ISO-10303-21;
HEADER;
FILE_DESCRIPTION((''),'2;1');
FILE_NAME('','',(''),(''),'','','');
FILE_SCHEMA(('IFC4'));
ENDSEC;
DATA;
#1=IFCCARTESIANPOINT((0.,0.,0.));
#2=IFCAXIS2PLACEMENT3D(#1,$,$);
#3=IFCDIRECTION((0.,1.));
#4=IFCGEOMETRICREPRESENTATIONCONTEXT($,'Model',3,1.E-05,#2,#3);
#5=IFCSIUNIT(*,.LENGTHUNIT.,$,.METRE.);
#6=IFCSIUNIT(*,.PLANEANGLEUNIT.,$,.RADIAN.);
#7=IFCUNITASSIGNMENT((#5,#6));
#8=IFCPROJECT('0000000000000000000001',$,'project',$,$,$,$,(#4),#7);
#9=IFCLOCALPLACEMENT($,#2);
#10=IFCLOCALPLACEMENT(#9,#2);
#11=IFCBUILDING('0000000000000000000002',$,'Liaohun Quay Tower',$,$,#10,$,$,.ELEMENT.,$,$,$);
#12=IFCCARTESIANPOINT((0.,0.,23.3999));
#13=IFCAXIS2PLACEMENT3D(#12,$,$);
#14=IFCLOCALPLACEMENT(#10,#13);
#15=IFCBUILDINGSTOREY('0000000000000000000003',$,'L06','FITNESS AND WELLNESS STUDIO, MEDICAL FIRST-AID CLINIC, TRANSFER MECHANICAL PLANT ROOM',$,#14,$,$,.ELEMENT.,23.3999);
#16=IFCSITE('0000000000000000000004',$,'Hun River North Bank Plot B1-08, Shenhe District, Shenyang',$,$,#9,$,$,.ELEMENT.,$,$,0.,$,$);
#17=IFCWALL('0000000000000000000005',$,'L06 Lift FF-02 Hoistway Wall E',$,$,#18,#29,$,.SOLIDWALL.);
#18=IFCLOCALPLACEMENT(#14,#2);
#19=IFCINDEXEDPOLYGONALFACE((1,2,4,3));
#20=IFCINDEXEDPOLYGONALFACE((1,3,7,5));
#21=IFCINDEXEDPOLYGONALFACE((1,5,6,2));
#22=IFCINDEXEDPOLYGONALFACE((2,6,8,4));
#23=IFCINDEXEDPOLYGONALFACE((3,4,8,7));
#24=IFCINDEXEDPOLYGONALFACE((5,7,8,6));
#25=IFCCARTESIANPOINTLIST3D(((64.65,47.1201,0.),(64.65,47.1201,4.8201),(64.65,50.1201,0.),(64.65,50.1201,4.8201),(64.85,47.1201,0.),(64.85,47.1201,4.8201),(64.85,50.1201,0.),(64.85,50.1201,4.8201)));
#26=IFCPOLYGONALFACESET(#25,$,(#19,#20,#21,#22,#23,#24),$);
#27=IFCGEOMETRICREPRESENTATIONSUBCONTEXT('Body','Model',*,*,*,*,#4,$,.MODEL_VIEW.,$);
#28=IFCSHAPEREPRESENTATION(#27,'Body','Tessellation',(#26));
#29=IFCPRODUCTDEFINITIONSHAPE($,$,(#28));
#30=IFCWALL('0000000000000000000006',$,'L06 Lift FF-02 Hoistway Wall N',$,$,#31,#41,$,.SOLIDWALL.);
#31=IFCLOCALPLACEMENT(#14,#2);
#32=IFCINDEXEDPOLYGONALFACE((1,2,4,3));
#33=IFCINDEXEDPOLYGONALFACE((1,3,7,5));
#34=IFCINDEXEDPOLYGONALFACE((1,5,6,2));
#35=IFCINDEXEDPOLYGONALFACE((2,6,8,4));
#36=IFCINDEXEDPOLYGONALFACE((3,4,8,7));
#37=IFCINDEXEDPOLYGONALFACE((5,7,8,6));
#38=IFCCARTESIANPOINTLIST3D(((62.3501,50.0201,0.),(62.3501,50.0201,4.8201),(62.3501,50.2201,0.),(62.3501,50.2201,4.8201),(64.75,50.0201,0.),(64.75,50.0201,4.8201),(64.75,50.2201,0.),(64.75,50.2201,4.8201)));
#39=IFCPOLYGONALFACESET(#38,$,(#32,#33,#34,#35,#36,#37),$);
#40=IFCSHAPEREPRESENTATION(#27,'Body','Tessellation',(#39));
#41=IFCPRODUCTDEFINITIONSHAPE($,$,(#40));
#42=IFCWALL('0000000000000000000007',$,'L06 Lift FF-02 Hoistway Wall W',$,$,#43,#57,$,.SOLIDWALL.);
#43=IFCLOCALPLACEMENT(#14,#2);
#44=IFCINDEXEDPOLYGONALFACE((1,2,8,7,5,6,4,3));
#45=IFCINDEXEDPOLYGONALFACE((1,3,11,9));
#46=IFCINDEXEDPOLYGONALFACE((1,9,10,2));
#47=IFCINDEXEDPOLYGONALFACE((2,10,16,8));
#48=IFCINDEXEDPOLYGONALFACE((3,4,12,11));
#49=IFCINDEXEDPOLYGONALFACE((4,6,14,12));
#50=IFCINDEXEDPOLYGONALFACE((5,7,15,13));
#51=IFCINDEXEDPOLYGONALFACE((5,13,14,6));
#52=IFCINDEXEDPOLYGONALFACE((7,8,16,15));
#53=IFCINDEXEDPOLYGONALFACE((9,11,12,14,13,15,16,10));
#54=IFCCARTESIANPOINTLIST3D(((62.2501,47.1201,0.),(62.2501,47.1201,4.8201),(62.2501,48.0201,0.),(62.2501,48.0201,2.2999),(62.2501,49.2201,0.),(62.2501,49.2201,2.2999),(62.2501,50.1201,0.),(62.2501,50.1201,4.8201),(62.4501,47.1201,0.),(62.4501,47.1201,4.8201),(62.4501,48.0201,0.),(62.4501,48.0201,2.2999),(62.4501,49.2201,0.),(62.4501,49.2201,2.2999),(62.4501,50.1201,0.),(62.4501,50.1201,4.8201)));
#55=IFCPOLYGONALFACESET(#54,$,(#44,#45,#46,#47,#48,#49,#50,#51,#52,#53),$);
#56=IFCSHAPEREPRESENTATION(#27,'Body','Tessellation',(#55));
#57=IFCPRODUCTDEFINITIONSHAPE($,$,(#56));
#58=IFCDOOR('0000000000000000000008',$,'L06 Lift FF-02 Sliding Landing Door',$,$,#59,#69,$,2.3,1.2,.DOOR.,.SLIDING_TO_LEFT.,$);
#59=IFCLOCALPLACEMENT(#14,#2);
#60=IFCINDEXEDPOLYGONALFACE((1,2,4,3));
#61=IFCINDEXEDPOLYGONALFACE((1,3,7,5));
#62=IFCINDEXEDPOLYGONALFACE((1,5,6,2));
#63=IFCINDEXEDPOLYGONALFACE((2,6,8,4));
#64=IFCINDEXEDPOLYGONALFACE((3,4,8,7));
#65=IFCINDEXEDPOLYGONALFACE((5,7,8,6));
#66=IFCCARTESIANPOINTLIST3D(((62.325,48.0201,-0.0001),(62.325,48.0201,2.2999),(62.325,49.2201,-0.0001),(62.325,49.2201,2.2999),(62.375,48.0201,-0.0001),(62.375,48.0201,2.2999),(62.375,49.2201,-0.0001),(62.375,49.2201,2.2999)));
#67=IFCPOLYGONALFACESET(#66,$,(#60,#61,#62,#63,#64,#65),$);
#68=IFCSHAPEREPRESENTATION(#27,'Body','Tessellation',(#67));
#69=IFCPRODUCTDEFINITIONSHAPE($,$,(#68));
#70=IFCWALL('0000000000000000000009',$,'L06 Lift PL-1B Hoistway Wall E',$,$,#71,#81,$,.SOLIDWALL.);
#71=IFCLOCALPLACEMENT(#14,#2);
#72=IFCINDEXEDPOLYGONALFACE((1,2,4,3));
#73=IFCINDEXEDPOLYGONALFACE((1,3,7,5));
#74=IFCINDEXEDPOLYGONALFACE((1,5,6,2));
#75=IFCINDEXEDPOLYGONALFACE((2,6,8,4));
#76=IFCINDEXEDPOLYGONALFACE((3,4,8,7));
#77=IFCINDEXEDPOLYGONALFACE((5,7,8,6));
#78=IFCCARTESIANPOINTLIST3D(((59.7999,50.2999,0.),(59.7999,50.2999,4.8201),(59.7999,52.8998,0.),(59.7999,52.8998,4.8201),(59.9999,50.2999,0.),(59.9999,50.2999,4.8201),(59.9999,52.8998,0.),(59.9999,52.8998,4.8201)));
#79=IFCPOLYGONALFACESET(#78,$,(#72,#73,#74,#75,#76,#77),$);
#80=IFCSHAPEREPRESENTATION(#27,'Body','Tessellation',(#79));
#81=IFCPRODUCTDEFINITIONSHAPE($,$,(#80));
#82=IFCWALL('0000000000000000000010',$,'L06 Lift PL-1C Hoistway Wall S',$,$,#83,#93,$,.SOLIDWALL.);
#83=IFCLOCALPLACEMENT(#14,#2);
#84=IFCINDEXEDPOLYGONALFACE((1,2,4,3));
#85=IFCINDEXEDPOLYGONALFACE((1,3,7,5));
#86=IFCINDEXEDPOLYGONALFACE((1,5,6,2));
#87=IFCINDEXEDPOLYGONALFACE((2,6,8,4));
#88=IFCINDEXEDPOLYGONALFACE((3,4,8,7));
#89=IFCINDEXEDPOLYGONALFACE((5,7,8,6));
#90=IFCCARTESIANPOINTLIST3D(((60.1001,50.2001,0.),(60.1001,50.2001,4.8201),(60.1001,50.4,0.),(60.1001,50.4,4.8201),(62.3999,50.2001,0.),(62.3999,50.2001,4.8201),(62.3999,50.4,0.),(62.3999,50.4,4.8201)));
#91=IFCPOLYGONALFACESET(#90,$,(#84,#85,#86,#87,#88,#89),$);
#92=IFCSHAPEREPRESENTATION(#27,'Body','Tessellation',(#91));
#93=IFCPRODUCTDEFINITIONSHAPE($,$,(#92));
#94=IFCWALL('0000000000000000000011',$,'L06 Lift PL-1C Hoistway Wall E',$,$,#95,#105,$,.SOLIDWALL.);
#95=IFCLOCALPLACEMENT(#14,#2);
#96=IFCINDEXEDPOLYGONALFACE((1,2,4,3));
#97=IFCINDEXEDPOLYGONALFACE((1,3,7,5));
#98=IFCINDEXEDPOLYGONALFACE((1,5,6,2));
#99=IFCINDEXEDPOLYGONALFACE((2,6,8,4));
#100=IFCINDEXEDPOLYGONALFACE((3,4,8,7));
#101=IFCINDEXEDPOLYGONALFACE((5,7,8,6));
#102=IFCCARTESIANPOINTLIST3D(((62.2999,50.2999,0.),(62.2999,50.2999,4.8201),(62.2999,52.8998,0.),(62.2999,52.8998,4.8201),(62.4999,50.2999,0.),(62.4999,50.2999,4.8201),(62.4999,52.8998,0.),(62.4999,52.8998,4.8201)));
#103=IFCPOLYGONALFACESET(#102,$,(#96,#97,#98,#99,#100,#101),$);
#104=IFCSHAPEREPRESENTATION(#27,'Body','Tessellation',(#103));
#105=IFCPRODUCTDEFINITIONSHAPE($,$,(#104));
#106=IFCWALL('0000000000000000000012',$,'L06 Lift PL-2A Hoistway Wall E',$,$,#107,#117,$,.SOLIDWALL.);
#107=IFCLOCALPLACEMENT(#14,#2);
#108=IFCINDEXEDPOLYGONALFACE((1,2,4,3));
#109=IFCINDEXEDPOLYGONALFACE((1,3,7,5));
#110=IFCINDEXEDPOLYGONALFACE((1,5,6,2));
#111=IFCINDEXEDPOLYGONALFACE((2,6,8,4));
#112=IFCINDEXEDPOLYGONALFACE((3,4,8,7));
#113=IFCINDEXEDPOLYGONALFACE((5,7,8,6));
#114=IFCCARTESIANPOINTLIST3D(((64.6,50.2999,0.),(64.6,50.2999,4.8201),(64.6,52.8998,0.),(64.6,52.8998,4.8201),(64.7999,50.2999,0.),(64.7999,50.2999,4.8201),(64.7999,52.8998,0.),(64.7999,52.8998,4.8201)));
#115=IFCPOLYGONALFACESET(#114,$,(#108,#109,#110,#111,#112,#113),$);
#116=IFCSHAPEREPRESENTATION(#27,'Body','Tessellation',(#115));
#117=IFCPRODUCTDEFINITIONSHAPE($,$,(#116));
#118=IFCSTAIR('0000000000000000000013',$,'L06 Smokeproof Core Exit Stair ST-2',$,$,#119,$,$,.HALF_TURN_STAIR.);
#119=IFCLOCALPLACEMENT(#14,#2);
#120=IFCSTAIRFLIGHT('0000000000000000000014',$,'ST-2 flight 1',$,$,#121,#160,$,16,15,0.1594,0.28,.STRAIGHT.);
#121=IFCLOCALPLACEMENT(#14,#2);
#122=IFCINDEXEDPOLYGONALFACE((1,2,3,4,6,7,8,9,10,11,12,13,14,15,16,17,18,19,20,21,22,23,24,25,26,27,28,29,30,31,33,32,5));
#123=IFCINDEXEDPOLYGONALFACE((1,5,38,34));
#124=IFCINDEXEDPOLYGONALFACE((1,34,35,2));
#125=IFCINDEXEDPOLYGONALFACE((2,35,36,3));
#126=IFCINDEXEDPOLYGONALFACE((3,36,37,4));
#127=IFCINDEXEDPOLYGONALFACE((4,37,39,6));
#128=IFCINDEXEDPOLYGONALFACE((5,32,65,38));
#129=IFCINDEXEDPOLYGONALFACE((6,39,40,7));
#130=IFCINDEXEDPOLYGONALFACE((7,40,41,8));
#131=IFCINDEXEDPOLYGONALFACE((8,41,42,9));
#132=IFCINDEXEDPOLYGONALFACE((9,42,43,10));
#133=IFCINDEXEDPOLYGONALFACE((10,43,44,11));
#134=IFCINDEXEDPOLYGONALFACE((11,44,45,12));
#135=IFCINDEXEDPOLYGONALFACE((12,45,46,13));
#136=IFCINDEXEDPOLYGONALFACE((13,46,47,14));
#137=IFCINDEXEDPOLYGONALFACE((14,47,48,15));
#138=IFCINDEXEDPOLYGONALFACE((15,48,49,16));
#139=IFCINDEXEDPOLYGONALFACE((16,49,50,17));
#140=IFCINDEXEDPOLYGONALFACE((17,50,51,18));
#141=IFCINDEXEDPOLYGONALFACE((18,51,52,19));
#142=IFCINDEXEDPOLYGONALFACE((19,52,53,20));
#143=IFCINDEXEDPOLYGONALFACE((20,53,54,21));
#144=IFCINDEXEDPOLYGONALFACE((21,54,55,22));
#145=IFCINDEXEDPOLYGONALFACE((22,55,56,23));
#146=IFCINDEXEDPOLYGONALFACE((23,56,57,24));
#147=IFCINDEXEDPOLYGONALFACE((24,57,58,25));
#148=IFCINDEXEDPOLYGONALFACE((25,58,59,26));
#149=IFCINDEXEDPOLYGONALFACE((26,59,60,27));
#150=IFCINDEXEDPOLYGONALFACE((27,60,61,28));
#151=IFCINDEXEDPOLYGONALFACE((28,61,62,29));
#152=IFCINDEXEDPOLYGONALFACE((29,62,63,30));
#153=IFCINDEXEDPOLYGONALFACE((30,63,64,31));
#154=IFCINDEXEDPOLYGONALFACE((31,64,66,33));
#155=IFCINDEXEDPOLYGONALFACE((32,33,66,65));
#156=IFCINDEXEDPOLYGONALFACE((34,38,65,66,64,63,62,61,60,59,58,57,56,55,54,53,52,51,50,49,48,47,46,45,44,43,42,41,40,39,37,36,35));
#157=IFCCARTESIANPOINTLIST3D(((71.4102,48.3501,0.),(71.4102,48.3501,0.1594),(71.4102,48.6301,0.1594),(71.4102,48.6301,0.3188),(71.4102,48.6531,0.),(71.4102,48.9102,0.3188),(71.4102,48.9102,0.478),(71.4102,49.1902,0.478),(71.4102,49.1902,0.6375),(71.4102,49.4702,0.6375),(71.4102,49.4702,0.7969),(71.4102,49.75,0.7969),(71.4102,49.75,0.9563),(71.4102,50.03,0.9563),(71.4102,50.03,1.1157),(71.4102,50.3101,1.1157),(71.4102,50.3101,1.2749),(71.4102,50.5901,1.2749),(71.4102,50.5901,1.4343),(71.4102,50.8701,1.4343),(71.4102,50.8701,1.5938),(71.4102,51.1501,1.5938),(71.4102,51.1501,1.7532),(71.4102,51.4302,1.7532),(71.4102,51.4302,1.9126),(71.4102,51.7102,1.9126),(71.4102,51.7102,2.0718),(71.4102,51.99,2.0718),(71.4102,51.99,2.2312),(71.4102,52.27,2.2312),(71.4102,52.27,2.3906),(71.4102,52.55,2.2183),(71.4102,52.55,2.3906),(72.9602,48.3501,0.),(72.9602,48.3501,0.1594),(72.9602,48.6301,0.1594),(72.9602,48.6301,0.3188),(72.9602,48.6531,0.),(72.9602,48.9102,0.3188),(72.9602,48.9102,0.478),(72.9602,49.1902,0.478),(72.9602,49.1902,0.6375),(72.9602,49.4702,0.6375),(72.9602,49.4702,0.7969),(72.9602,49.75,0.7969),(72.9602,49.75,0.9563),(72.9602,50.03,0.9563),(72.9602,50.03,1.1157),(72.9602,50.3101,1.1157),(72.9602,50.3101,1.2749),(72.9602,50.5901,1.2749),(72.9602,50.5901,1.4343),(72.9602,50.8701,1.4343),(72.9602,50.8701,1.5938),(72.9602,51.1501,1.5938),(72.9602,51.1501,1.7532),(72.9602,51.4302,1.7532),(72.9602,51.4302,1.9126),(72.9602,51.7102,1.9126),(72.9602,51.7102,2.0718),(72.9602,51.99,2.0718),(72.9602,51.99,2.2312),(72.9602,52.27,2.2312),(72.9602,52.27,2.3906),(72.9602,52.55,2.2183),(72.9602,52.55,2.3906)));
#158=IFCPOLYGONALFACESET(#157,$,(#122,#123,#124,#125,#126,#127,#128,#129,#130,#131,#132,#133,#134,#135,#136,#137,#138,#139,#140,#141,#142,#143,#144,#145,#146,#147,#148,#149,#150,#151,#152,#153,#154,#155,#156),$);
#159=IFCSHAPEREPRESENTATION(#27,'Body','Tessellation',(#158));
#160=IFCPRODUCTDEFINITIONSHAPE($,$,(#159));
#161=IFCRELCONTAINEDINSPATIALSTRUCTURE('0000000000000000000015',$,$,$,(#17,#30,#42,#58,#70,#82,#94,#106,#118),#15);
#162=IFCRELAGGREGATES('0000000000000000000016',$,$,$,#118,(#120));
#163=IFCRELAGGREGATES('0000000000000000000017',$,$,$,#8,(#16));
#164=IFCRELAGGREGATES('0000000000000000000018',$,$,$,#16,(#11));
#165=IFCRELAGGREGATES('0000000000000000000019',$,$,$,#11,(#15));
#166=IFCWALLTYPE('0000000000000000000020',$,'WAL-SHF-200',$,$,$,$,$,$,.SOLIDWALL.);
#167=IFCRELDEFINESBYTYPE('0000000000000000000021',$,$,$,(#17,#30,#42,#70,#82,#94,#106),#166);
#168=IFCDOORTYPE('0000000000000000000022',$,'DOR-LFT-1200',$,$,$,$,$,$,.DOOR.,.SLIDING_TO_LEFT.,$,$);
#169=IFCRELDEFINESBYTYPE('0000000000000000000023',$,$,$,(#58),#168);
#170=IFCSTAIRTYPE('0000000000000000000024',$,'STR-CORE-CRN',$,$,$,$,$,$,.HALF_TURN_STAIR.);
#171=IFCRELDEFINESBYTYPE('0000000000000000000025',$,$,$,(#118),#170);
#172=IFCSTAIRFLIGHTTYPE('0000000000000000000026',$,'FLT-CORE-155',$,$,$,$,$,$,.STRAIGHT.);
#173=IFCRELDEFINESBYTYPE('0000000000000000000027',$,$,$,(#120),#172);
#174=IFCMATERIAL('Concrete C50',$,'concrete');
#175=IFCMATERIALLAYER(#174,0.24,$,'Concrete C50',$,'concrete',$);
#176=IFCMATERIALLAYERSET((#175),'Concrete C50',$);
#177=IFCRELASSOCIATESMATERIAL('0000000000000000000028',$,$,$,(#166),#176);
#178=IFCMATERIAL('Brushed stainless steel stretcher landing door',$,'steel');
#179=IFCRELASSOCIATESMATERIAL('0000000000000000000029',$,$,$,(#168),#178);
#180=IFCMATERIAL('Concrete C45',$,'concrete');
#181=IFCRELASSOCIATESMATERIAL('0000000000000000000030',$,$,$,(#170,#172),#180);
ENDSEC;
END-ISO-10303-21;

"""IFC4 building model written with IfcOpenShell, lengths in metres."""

from ifc_helpers import new_model, si_unit, direction, frame, frame_2d, origin, place, context, subcontext, project, spatial, polyline, rectangle, outline, extrude, source, transform, mapped, material, layer, layer_set, type_object, element, fill, aggregate, save


model = new_model("IFC4")

# Units and contexts
model_context = context("Model", 3, precision=1e-05, world=origin(), true_north=direction((0.0, 1.0)))
body_context = subcontext(model_context, "Body", "Model", "MODEL_VIEW")
ifc_project = project(units=[si_unit("LENGTHUNIT", "METRE"), si_unit("PLANEANGLEUNIT", "RADIAN")], contexts=[model_context])

# Site, building, storey
site_placement = place(None, origin())
site = spatial("IfcSite", under=ifc_project, at=site_placement, Name="Hun River North Bank Plot B1-08, Shenhe District, Shenyang", CompositionType="ELEMENT", RefElevation=0.0)
building_placement = place(site_placement, origin())
building = spatial("IfcBuilding", under=site, at=building_placement, Name="Liaohun Quay Tower", CompositionType="ELEMENT")
storey_placement = place(building_placement, frame((0.0, 0.0, 23.3999)))
storey = spatial("IfcBuildingStorey", under=building, at=storey_placement, Name="L06", Description="FITNESS AND WELLNESS STUDIO, MEDICAL FIRST-AID CLINIC, TRANSFER MECHANICAL PLANT ROOM", CompositionType="ELEMENT", Elevation=23.3999)

# Walls
ifc_material_1 = material(Name="Concrete C50", Category="concrete")
ifc_layer_1 = layer(ifc_material_1, 0.24, Name="Concrete C50", Category="concrete")
ifc_layer_set_1 = layer_set([ifc_layer_1], Name="Concrete C50")
wall_type_1 = type_object("IfcWallType", Name="WAL-SHF-200", PredefinedType="SOLIDWALL", material=ifc_layer_set_1)
wall_1_placement = place(storey_placement, frame((64.75, 47.1201, 0.0), z_axis=(0.0, 0.0, 1.0), x_axis=(0.0, 1.0, 0.0)))
element("IfcWall", 1, at=wall_1_placement, inside=storey, type_object=wall_type_1, Name="L06 Lift FF-02 Hoistway Wall E", PredefinedType="SOLIDWALL", context=body_context, shape_type="SweptSolid", body=[
    extrude(rectangle(XDim=3.0, YDim=0.2, at=frame_2d((1.5, 0.0))), origin(), (0.0, 0.0, 1.0), 4.8201),
])
wall_2_placement = place(storey_placement, frame((64.75, 50.1201, 0.0), z_axis=(0.0, 0.0, 1.0), x_axis=(-1.0, 0.0, 0.0)))
element("IfcWall", 2, at=wall_2_placement, inside=storey, type_object=wall_type_1, Name="L06 Lift FF-02 Hoistway Wall N", PredefinedType="SOLIDWALL", context=body_context, shape_type="SweptSolid", body=[
    extrude(rectangle(XDim=2.3999, YDim=0.2, at=frame_2d((1.2, 0.0))), origin(), (0.0, 0.0, 1.0), 4.8201),
])

# Wall, opening, door
wall_3_placement = place(storey_placement, frame((62.3501, 50.1201, 0.0), z_axis=(0.0, 0.0, 1.0), x_axis=(0.0, -1.0, 0.0)))
wall_3 = element("IfcWall", 3, at=wall_3_placement, inside=storey, type_object=wall_type_1, Name="L06 Lift FF-02 Hoistway Wall W", PredefinedType="SOLIDWALL", context=body_context, shape_type="SweptSolid", body=[
    extrude(rectangle(XDim=3.0, YDim=0.2, at=frame_2d((1.5, 0.0))), origin(), (0.0, 0.0, 1.0), 4.8201),
])
shared_shape_1 = source(origin(), body_context, "Body", "SweptSolid", [
    extrude(rectangle(XDim=1.2, YDim=2.3, at=frame_2d((0.6001, 1.1499))), frame((0.0, 0.1099, 0.0), z_axis=(0.0, -1.0, 0.0), x_axis=(1.0, 0.0, 0.0)), (0.0, 0.0, 1.0), 0.22),
])
opening_1_placement = place(wall_3_placement, frame((0.8999, 0.0, 0.0)))
opening_1 = element("IfcOpeningElement", 4, at=opening_1_placement, cuts=wall_3, PredefinedType="OPENING", context=body_context, shape_type="MappedRepresentation", body=[
    mapped(shared_shape_1, transform((0.0, 0.0, 0.0), x_axis=(1.0, 0.0, 0.0), y_axis=(0.0, 1.0, 0.0), z_axis=(0.0, 0.0, 1.0), scale=1.0)),
])
ifc_material_2 = material(Name="Brushed stainless steel stretcher landing door", Category="steel")
door_type_1 = type_object("IfcDoorType", Name="DOR-LFT-1200", OperationType="SLIDING_TO_LEFT", PredefinedType="DOOR", material=ifc_material_2)
shared_shape_2 = source(origin(), body_context, "Body", "SweptSolid", [
    extrude(rectangle(XDim=1.2, YDim=2.3, at=frame_2d((0.6001, 1.1499))), frame((0.0, 0.0249, 0.0), z_axis=(0.0, -1.0, 0.0), x_axis=(1.0, 0.0, 0.0)), (0.0, 0.0, 1.0), 0.05),
])
door_1_placement = place(opening_1_placement, origin())
door_1 = element("IfcDoor", 5, at=door_1_placement, inside=storey, type_object=door_type_1, Name="L06 Lift FF-02 Sliding Landing Door", OperationType="SLIDING_TO_LEFT", OverallHeight=2.3, OverallWidth=1.2, PredefinedType="DOOR", context=body_context, shape_type="MappedRepresentation", body=[
    mapped(shared_shape_2, transform((0.0, 0.0, 0.0), x_axis=(1.0, 0.0, 0.0), y_axis=(0.0, 1.0, 0.0), z_axis=(0.0, 0.0, 1.0), scale=1.0)),
])
fill(opening_1, door_1)

# Walls
wall_4_placement = place(storey_placement, frame((59.8999, 50.3, 0.0), z_axis=(0.0, 0.0, 1.0), x_axis=(0.0, 1.0, 0.0)))
element("IfcWall", 6, at=wall_4_placement, inside=storey, type_object=wall_type_1, Name="L06 Lift PL-1B Hoistway Wall E", PredefinedType="SOLIDWALL", context=body_context, shape_type="SweptSolid", body=[
    extrude(rectangle(XDim=2.5999, YDim=0.2, at=frame_2d((1.2998, 0.0))), origin(), (0.0, 0.0, 1.0), 4.8201),
])
wall_5_placement = place(storey_placement, frame((60.1001, 50.3, 0.0), z_axis=(0.0, 0.0, 1.0), x_axis=(1.0, 0.0, 0.0)))
element("IfcWall", 7, at=wall_5_placement, inside=storey, type_object=wall_type_1, Name="L06 Lift PL-1C Hoistway Wall S", PredefinedType="SOLIDWALL", context=body_context, shape_type="SweptSolid", body=[
    extrude(rectangle(XDim=2.2998, YDim=0.2, at=frame_2d((1.1499, 0.0))), origin(), (0.0, 0.0, 1.0), 4.8201),
])
for number, where, z_axis, x_axis, name in (
    (8, (62.3999, 50.3, 0.0), (0.0, 0.0, 1.0), (0.0, 1.0, 0.0), "L06 Lift PL-1C Hoistway Wall E"),
    (9, (64.7, 50.3, 0.0), (0.0, 0.0, 1.0), (0.0, 1.0, 0.0), "L06 Lift PL-2A Hoistway Wall E"),
):
    element("IfcWall", number, at=place(storey_placement, frame(where, z_axis=z_axis, x_axis=x_axis)), inside=storey, type_object=wall_type_1, Name=name, PredefinedType="SOLIDWALL", context=body_context, shape_type="SweptSolid", body=[
        extrude(rectangle(XDim=2.5999, YDim=0.2, at=frame_2d((1.2998, 0.0))), origin(), (0.0, 0.0, 1.0), 4.8201),
    ])

# Stair, stair flight
ifc_material_3 = material(Name="Concrete C45", Category="concrete")
stair_type = type_object("IfcStairType", Name="STR-CORE-CRN", PredefinedType="HALF_TURN_STAIR", material=ifc_material_3)
stair_placement = place(storey_placement, origin())
stair = element("IfcStair", 10, at=stair_placement, inside=storey, type_object=stair_type, Name="L06 Smokeproof Core Exit Stair ST-2", PredefinedType="HALF_TURN_STAIR")
stair_flight_type = type_object("IfcStairFlightType", Name="FLT-CORE-155", PredefinedType="STRAIGHT", material=ifc_material_3)
stair_flight_placement = place(storey_placement, frame((72.1851, 48.3501, 0.0), z_axis=(0.0, 0.0, 1.0), x_axis=(0.0, 1.0, 0.0)))
stair_flight = element("IfcStairFlight", 11, at=stair_flight_placement, type_object=stair_flight_type, Name="ST-2 flight 1", NumberOfRisers=16, NumberOfTreads=15, PredefinedType="STRAIGHT", RiserHeight=0.1594, TreadLength=0.28, context=body_context, shape_type="SweptSolid", body=[
    extrude(outline(polyline([(0.0, 0.0), (0.0, 0.1594), (0.28, 0.1594), (0.28, 0.3188), (0.5601, 0.3188), (0.5601, 0.478), (0.8401, 0.478), (0.8401, 0.6375), (1.1201, 0.6375), (1.1201, 0.7969), (1.3999, 0.7969), (1.3999, 0.9563), (1.6799, 0.9563), (1.6799, 1.1157), (1.96, 1.1157), (1.96, 1.2749), (2.24, 1.2749), (2.24, 1.4343), (2.52, 1.4343), (2.52, 1.5938), (2.8, 1.5938), (2.8, 1.7532), (3.0801, 1.7532), (3.0801, 1.9126), (3.3601, 1.9126), (3.3601, 2.0718), (3.6399, 2.0718), (3.6399, 2.2312), (3.9199, 2.2312), (3.9199, 2.3906), (4.2, 2.3906), (4.2, 2.55), (4.2, 2.2183), (0.303, 0.0), (0.0, 0.0)])), frame((0.0, 0.7749, 0.0), z_axis=(0.0, -1.0, 0.0), x_axis=(1.0, 0.0, 0.0)), (0.0, 0.0, 1.0), 1.55),
])
aggregate(stair, [stair_flight])

save(model, "model.ifc")
